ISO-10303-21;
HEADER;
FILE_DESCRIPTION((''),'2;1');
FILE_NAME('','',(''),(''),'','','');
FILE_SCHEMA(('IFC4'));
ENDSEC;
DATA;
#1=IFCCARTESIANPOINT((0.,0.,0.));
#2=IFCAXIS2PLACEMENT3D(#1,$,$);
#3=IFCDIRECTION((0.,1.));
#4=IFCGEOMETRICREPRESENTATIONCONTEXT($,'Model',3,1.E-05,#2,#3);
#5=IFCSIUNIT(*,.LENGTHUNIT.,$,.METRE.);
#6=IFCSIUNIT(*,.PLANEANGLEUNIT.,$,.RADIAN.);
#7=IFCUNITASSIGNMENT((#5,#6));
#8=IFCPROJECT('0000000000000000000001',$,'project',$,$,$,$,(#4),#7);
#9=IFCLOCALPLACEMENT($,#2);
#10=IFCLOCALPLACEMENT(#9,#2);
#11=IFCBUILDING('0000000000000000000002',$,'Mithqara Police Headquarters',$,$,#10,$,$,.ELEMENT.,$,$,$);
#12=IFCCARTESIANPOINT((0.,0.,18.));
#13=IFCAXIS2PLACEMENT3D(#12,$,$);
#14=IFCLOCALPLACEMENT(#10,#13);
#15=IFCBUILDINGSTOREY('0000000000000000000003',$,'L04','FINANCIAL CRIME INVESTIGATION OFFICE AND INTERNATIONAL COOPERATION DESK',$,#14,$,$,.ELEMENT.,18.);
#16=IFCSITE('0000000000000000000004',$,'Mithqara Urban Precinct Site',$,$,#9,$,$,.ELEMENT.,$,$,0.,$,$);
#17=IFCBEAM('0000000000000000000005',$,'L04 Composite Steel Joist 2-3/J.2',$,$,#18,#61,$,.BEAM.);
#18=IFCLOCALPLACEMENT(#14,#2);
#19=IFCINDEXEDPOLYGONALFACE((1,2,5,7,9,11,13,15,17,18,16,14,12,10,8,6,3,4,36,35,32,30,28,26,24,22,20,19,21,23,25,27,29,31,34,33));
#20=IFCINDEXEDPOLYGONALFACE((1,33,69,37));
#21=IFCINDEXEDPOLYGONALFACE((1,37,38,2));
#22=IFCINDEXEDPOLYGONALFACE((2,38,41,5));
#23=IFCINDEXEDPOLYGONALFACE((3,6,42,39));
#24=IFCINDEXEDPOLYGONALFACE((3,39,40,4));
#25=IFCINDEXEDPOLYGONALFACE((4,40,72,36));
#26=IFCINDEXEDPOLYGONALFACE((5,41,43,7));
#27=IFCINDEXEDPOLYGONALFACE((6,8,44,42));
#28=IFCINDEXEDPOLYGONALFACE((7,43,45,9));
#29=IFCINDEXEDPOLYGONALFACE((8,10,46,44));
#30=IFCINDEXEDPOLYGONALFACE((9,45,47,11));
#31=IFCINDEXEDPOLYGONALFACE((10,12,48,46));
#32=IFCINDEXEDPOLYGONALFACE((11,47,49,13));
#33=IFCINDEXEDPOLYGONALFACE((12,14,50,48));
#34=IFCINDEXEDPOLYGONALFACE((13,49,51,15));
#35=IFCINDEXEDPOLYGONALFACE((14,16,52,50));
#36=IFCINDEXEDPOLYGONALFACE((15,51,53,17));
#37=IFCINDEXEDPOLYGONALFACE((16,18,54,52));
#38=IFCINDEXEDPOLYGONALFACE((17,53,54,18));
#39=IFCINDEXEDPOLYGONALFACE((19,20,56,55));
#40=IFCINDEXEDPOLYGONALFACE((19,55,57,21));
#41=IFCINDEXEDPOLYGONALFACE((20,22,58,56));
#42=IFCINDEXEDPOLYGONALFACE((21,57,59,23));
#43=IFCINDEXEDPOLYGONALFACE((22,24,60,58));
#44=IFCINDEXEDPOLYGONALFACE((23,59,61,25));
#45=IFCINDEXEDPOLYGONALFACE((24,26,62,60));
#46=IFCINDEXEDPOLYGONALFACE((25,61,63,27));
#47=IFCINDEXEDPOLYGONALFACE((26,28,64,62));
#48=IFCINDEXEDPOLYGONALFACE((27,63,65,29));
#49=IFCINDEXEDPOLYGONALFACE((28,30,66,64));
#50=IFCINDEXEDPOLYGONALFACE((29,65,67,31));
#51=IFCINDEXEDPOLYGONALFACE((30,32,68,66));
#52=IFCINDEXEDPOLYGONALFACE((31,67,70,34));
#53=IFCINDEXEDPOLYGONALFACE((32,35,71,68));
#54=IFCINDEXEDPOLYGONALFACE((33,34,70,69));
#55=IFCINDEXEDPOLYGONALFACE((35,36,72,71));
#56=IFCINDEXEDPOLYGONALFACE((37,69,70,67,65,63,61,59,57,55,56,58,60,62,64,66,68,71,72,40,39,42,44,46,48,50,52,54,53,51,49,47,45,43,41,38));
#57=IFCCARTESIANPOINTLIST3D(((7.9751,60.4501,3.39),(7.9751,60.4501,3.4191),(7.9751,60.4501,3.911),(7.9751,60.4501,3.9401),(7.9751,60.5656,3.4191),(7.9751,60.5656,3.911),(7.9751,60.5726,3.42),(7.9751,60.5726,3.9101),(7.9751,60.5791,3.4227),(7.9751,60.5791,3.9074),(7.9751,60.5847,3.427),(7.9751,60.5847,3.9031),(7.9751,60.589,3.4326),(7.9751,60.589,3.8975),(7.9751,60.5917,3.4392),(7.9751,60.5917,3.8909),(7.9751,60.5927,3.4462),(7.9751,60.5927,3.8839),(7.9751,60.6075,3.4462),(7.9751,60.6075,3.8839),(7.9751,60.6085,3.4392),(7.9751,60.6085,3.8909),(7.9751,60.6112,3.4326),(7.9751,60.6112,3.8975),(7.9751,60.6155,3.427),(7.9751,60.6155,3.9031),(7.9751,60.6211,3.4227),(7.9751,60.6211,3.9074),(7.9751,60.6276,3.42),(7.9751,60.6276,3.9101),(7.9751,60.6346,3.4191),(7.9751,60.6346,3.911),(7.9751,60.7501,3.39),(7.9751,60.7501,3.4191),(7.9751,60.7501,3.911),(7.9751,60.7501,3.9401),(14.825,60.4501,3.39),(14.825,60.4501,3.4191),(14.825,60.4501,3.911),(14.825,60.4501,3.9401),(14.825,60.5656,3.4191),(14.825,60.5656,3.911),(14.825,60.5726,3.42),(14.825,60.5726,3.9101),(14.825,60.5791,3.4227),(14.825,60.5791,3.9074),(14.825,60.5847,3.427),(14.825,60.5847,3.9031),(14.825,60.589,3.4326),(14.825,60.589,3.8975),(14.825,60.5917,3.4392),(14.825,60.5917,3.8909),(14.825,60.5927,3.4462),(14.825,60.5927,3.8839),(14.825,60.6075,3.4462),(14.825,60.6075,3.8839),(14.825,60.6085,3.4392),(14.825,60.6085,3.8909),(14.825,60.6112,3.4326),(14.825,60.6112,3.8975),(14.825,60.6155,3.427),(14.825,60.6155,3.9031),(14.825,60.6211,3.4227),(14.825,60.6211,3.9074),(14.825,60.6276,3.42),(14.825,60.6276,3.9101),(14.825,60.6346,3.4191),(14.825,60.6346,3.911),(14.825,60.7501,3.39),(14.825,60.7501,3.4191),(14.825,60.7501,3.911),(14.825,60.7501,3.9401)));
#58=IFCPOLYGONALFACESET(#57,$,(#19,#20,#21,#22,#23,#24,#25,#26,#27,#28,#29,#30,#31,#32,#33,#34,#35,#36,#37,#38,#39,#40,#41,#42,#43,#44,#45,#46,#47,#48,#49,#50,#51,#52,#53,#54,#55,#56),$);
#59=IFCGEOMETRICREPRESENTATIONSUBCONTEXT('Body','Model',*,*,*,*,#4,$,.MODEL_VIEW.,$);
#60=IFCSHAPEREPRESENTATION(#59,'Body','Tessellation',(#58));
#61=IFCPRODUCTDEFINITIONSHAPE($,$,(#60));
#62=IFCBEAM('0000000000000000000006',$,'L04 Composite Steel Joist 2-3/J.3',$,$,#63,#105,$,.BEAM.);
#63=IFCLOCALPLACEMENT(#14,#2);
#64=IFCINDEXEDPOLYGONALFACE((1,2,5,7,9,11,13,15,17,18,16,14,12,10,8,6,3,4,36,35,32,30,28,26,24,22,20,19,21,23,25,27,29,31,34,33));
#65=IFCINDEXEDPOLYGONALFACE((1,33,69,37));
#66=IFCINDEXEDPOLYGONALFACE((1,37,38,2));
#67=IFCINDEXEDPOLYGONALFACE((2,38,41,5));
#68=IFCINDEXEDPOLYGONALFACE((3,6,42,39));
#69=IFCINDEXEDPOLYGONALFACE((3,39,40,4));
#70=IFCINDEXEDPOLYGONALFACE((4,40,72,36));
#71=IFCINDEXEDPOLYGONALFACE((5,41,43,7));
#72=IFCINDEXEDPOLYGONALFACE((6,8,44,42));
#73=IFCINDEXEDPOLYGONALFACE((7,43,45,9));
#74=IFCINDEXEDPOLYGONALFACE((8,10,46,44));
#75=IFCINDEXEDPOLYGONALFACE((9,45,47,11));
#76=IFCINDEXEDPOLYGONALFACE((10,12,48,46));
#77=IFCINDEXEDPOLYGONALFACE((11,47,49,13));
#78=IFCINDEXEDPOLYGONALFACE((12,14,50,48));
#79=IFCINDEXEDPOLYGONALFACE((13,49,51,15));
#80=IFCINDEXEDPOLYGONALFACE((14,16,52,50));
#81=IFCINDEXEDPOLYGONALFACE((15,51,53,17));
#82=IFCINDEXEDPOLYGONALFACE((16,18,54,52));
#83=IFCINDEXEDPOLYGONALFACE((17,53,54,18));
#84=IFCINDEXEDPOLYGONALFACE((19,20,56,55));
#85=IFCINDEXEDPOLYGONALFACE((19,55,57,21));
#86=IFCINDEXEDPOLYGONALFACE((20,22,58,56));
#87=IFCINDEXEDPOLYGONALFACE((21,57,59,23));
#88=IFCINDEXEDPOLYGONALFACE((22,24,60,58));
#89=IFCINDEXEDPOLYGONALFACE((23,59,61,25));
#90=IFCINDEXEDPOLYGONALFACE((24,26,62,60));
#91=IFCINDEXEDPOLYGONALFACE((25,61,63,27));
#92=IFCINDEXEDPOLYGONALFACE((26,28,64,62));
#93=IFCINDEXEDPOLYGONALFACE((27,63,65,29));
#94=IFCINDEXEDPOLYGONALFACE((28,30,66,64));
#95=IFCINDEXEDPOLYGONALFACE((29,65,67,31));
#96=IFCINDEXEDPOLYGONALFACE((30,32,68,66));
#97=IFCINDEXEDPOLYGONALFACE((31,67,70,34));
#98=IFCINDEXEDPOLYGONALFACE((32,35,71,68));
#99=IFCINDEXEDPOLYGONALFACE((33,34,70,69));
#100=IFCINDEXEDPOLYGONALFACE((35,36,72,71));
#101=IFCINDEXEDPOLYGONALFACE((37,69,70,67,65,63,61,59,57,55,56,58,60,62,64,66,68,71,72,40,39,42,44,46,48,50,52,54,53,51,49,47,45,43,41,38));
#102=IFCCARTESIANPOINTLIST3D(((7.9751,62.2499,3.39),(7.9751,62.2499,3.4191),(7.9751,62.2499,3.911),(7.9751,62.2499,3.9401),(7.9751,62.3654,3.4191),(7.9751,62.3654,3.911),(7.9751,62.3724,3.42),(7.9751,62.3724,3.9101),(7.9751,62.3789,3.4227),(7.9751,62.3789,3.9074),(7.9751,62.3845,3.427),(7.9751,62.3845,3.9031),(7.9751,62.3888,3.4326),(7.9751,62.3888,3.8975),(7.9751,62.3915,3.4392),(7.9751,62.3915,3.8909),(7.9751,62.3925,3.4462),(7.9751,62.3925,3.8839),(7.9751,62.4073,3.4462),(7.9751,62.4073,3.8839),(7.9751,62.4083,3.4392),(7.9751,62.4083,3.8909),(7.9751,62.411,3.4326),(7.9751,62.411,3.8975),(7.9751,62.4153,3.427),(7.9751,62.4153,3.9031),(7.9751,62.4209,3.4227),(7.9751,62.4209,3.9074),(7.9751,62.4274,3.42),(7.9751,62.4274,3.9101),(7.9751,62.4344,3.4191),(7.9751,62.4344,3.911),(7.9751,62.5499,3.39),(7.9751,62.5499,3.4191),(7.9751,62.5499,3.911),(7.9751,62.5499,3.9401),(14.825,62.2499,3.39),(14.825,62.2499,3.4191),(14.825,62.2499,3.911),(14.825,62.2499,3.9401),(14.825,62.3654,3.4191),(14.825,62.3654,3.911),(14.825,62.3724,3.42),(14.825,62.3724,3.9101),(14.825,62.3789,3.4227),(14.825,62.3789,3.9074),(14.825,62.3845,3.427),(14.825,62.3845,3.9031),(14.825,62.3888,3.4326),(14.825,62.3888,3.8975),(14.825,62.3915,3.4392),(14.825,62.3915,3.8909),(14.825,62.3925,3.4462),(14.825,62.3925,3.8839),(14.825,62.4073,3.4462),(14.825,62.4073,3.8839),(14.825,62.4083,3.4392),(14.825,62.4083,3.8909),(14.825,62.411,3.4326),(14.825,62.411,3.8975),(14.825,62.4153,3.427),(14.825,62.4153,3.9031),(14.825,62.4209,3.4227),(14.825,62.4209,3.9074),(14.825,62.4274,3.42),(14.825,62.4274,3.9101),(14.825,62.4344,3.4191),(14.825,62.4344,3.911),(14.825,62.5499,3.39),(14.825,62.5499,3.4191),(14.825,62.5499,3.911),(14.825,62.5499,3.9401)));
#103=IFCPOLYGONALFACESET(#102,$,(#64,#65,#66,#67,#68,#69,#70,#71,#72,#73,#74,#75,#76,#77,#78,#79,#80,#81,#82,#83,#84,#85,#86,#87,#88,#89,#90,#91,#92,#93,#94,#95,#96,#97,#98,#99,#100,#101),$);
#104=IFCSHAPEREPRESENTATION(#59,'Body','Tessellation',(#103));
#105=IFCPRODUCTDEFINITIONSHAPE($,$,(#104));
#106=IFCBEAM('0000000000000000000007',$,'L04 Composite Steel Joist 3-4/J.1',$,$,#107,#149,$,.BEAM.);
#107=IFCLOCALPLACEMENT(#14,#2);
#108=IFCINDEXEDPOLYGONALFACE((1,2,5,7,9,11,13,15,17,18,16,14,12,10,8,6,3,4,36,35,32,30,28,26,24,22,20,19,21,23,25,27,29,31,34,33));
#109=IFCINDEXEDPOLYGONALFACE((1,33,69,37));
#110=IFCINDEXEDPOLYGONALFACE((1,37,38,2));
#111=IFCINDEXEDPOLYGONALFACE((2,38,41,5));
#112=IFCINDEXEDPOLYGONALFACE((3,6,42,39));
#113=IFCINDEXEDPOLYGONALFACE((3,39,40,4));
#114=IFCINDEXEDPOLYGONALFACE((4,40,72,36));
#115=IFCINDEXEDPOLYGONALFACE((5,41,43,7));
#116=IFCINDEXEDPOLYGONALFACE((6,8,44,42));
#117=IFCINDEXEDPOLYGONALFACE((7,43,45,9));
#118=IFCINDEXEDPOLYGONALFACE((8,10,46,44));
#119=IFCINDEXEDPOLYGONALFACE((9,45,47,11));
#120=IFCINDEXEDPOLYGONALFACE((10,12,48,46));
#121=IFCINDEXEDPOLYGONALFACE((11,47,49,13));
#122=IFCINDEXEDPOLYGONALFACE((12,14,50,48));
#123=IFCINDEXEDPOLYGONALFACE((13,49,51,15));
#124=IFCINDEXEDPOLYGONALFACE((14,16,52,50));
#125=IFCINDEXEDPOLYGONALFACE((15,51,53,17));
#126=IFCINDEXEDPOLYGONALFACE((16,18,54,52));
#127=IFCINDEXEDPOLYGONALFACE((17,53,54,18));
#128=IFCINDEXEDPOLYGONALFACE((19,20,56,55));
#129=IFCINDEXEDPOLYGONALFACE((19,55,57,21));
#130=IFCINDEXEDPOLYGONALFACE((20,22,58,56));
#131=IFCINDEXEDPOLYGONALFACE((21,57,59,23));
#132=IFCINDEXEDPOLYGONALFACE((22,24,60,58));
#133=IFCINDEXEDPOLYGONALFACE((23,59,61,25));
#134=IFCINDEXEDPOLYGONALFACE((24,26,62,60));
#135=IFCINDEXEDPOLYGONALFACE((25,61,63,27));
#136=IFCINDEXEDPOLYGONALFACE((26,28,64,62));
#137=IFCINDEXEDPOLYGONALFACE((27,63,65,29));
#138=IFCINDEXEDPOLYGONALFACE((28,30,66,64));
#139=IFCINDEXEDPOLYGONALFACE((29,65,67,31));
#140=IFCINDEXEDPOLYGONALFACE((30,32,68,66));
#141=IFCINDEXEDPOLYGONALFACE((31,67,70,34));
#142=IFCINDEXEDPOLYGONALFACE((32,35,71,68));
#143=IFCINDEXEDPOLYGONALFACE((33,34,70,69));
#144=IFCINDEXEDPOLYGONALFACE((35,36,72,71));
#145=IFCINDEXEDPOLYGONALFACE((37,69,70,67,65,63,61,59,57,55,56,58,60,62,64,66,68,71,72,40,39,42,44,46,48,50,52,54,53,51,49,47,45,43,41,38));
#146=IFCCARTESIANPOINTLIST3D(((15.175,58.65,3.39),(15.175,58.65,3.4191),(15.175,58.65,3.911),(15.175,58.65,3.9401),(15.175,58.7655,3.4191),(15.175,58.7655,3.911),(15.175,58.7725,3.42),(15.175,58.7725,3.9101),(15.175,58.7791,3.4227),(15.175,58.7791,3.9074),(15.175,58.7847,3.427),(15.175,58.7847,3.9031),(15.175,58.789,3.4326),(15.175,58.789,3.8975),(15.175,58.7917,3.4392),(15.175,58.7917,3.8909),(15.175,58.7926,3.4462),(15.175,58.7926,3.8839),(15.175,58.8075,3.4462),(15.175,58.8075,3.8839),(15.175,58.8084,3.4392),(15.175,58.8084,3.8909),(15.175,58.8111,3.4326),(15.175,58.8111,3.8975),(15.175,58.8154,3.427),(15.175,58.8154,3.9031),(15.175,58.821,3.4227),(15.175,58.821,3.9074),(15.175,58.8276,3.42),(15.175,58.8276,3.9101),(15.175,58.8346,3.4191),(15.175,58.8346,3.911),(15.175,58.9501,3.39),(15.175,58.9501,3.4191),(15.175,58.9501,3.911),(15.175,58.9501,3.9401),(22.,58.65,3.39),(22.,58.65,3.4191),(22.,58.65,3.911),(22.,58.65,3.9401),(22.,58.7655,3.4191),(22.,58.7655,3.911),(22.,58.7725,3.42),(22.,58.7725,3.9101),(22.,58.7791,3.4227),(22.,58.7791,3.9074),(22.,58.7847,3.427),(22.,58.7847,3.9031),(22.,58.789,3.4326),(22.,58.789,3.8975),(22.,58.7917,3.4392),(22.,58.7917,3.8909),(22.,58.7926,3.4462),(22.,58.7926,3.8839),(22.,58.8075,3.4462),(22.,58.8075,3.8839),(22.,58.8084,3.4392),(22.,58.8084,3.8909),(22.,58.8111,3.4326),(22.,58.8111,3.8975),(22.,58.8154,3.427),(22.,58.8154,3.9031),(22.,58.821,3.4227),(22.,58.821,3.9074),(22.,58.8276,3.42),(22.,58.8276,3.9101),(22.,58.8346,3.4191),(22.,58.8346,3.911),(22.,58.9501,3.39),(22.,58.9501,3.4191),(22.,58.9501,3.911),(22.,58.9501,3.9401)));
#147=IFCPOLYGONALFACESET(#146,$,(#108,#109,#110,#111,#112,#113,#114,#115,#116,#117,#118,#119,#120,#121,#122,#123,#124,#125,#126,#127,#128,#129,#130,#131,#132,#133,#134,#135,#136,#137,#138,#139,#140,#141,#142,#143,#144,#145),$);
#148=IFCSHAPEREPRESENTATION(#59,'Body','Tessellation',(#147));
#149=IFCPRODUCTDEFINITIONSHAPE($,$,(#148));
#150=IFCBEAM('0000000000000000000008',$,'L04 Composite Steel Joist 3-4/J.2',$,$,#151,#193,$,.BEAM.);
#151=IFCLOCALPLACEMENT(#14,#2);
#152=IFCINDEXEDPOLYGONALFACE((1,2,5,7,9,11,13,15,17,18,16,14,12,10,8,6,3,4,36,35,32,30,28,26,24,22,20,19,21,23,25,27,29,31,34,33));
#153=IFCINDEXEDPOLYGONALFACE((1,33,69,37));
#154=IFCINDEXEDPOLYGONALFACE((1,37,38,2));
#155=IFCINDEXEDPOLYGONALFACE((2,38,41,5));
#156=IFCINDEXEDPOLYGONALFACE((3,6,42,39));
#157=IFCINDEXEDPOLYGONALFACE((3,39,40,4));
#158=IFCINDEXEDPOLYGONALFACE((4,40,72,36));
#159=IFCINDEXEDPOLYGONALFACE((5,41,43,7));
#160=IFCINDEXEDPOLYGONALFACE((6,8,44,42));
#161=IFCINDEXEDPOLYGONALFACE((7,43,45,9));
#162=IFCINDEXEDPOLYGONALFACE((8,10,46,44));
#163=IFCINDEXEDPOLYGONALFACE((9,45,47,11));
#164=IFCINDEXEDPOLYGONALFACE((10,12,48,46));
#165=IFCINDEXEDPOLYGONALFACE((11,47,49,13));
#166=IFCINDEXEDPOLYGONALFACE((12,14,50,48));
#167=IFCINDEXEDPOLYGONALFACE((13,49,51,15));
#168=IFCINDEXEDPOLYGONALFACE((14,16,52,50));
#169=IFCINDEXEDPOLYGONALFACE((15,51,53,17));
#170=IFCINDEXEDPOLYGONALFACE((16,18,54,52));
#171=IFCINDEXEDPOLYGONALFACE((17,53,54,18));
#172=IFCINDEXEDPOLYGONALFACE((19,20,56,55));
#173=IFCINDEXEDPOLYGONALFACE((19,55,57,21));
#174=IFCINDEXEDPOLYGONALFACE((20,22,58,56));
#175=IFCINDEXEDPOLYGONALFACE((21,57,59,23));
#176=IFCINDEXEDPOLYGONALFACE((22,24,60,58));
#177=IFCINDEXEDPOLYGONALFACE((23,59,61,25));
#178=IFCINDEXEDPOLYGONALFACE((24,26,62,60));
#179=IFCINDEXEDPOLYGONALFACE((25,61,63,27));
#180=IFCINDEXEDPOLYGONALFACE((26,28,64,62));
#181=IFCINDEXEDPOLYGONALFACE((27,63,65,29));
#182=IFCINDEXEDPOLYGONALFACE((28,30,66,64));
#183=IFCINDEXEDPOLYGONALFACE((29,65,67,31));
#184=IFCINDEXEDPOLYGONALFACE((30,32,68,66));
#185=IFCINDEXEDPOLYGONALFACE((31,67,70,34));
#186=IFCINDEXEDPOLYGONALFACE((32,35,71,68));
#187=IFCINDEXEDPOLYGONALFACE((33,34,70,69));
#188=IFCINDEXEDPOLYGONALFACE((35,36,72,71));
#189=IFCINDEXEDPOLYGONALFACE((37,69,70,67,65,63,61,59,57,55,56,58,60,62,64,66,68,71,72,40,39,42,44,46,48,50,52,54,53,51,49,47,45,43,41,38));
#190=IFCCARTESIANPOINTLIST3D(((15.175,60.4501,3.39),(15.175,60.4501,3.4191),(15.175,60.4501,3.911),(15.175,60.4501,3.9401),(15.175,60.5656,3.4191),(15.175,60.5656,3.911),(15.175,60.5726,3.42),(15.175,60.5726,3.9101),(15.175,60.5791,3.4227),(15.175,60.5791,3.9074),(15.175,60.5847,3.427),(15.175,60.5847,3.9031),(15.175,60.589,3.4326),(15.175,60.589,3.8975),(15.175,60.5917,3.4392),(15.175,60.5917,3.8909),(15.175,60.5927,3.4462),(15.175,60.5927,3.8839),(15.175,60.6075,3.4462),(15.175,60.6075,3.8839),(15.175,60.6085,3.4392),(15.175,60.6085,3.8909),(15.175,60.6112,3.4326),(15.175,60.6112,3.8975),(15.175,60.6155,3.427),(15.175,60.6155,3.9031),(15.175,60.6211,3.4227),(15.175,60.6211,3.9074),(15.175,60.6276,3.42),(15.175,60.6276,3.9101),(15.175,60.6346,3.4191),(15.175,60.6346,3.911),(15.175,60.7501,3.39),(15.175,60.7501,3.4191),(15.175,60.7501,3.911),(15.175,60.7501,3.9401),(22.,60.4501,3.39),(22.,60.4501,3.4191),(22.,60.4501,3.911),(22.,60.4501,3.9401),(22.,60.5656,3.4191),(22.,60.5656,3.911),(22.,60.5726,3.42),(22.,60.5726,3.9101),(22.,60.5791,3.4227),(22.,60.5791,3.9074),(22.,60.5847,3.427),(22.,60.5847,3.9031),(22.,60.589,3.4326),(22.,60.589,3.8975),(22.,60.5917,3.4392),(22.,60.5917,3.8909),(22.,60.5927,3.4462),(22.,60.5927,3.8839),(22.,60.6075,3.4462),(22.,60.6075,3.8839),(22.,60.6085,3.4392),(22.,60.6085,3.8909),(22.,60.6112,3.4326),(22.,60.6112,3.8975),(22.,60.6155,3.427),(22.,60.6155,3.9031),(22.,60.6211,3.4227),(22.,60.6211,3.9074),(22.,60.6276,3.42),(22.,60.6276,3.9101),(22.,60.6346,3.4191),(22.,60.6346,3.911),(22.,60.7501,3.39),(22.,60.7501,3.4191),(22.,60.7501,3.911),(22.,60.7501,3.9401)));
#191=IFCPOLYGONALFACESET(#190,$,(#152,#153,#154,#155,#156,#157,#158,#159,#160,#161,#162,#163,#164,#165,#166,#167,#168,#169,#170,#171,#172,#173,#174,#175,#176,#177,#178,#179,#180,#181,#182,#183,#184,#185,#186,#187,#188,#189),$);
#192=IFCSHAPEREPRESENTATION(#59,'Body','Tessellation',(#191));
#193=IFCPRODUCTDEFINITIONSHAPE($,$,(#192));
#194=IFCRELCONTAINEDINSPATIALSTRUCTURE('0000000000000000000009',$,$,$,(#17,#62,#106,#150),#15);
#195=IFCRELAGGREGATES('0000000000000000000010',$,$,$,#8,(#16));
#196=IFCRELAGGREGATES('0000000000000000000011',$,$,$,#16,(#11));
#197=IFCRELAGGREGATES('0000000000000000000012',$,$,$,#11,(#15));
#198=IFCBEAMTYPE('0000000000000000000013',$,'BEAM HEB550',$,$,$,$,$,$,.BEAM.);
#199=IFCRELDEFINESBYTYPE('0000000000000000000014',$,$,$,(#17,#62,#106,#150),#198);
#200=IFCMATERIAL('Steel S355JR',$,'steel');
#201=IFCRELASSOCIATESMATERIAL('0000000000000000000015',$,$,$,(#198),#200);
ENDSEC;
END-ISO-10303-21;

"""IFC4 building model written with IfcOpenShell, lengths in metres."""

from ifc_helpers import new_model, si_unit, direction, frame, origin, origin_2d, place, context, subcontext, project, spatial, i_section, extrude, material, material_profile, profile_set, type_object, element, save


model = new_model("IFC4")

# Units and contexts
model_context = context("Model", 3, precision=1e-05, world=origin(), true_north=direction((0.0, 1.0)))
body_context = subcontext(model_context, "Body", "Model", "MODEL_VIEW")
ifc_project = project(units=[si_unit("LENGTHUNIT", "METRE"), si_unit("PLANEANGLEUNIT", "RADIAN")], contexts=[model_context])

# Site, building, storey
site_placement = place(None, origin())
site = spatial("IfcSite", under=ifc_project, at=site_placement, Name="Mithqara Urban Precinct Site", CompositionType="ELEMENT", RefElevation=0.0)
building_placement = place(site_placement, origin())
building = spatial("IfcBuilding", under=site, at=building_placement, Name="Mithqara Police Headquarters", CompositionType="ELEMENT")
storey_placement = place(building_placement, frame((0.0, 0.0, 18.0)))
storey = spatial("IfcBuildingStorey", under=building, at=storey_placement, Name="L04", Description="FINANCIAL CRIME INVESTIGATION OFFICE AND INTERNATIONAL COOPERATION DESK", CompositionType="ELEMENT", Elevation=18.0)

# Beams
ifc_material_1 = material(Name="Steel S355JR", Category="steel")
ifc_material_profile_1 = material_profile(ifc_material_1, i_section(OverallWidth=0.3, OverallDepth=0.55, WebThickness=0.0149, FlangeThickness=0.0291, FilletRadius=0.0271, at=origin_2d()), Name="HEB 550")
ifc_profile_set_1 = profile_set([ifc_material_profile_1], Name="Steel S355JR")
beam_type_1 = type_object("IfcBeamType", Name="BEAM HEB550", PredefinedType="BEAM", material=ifc_profile_set_1)
for number, where, z_axis, x_axis, name in (
    (1, (7.9751, 60.6001, 3.665), (1.0, 0.0, 0.0), (0.0, 1.0, 0.0), "L04 Composite Steel Joist 2-3/J.2"),
    (2, (7.9751, 62.3999, 3.665), (1.0, 0.0, 0.0), (0.0, 1.0, 0.0), "L04 Composite Steel Joist 2-3/J.3"),
):
    element("IfcBeam", number, at=place(storey_placement, frame(where, z_axis=z_axis, x_axis=x_axis)), inside=storey, type_object=beam_type_1, Name=name, PredefinedType="BEAM", context=body_context, shape_type="SweptSolid", body=[
        extrude(i_section(OverallWidth=0.3, OverallDepth=0.55, WebThickness=0.0149, FlangeThickness=0.0291, FilletRadius=0.0271, at=origin_2d()), origin(), (0.0, 0.0, 1.0), 6.8499),
    ])
for number, where, z_axis, x_axis, name in (
    (3, (15.175, 58.8, 3.665), (1.0, 0.0, 0.0), (0.0, 1.0, 0.0), "L04 Composite Steel Joist 3-4/J.1"),
    (4, (15.175, 60.6001, 3.665), (1.0, 0.0, 0.0), (0.0, 1.0, 0.0), "L04 Composite Steel Joist 3-4/J.2"),
):
    element("IfcBeam", number, at=place(storey_placement, frame(where, z_axis=z_axis, x_axis=x_axis)), inside=storey, type_object=beam_type_1, Name=name, PredefinedType="BEAM", context=body_context, shape_type="SweptSolid", body=[
        extrude(i_section(OverallWidth=0.3, OverallDepth=0.55, WebThickness=0.0149, FlangeThickness=0.0291, FilletRadius=0.0271, at=origin_2d()), origin(), (0.0, 0.0, 1.0), 6.825),
    ])

save(model, "model.ifc")
